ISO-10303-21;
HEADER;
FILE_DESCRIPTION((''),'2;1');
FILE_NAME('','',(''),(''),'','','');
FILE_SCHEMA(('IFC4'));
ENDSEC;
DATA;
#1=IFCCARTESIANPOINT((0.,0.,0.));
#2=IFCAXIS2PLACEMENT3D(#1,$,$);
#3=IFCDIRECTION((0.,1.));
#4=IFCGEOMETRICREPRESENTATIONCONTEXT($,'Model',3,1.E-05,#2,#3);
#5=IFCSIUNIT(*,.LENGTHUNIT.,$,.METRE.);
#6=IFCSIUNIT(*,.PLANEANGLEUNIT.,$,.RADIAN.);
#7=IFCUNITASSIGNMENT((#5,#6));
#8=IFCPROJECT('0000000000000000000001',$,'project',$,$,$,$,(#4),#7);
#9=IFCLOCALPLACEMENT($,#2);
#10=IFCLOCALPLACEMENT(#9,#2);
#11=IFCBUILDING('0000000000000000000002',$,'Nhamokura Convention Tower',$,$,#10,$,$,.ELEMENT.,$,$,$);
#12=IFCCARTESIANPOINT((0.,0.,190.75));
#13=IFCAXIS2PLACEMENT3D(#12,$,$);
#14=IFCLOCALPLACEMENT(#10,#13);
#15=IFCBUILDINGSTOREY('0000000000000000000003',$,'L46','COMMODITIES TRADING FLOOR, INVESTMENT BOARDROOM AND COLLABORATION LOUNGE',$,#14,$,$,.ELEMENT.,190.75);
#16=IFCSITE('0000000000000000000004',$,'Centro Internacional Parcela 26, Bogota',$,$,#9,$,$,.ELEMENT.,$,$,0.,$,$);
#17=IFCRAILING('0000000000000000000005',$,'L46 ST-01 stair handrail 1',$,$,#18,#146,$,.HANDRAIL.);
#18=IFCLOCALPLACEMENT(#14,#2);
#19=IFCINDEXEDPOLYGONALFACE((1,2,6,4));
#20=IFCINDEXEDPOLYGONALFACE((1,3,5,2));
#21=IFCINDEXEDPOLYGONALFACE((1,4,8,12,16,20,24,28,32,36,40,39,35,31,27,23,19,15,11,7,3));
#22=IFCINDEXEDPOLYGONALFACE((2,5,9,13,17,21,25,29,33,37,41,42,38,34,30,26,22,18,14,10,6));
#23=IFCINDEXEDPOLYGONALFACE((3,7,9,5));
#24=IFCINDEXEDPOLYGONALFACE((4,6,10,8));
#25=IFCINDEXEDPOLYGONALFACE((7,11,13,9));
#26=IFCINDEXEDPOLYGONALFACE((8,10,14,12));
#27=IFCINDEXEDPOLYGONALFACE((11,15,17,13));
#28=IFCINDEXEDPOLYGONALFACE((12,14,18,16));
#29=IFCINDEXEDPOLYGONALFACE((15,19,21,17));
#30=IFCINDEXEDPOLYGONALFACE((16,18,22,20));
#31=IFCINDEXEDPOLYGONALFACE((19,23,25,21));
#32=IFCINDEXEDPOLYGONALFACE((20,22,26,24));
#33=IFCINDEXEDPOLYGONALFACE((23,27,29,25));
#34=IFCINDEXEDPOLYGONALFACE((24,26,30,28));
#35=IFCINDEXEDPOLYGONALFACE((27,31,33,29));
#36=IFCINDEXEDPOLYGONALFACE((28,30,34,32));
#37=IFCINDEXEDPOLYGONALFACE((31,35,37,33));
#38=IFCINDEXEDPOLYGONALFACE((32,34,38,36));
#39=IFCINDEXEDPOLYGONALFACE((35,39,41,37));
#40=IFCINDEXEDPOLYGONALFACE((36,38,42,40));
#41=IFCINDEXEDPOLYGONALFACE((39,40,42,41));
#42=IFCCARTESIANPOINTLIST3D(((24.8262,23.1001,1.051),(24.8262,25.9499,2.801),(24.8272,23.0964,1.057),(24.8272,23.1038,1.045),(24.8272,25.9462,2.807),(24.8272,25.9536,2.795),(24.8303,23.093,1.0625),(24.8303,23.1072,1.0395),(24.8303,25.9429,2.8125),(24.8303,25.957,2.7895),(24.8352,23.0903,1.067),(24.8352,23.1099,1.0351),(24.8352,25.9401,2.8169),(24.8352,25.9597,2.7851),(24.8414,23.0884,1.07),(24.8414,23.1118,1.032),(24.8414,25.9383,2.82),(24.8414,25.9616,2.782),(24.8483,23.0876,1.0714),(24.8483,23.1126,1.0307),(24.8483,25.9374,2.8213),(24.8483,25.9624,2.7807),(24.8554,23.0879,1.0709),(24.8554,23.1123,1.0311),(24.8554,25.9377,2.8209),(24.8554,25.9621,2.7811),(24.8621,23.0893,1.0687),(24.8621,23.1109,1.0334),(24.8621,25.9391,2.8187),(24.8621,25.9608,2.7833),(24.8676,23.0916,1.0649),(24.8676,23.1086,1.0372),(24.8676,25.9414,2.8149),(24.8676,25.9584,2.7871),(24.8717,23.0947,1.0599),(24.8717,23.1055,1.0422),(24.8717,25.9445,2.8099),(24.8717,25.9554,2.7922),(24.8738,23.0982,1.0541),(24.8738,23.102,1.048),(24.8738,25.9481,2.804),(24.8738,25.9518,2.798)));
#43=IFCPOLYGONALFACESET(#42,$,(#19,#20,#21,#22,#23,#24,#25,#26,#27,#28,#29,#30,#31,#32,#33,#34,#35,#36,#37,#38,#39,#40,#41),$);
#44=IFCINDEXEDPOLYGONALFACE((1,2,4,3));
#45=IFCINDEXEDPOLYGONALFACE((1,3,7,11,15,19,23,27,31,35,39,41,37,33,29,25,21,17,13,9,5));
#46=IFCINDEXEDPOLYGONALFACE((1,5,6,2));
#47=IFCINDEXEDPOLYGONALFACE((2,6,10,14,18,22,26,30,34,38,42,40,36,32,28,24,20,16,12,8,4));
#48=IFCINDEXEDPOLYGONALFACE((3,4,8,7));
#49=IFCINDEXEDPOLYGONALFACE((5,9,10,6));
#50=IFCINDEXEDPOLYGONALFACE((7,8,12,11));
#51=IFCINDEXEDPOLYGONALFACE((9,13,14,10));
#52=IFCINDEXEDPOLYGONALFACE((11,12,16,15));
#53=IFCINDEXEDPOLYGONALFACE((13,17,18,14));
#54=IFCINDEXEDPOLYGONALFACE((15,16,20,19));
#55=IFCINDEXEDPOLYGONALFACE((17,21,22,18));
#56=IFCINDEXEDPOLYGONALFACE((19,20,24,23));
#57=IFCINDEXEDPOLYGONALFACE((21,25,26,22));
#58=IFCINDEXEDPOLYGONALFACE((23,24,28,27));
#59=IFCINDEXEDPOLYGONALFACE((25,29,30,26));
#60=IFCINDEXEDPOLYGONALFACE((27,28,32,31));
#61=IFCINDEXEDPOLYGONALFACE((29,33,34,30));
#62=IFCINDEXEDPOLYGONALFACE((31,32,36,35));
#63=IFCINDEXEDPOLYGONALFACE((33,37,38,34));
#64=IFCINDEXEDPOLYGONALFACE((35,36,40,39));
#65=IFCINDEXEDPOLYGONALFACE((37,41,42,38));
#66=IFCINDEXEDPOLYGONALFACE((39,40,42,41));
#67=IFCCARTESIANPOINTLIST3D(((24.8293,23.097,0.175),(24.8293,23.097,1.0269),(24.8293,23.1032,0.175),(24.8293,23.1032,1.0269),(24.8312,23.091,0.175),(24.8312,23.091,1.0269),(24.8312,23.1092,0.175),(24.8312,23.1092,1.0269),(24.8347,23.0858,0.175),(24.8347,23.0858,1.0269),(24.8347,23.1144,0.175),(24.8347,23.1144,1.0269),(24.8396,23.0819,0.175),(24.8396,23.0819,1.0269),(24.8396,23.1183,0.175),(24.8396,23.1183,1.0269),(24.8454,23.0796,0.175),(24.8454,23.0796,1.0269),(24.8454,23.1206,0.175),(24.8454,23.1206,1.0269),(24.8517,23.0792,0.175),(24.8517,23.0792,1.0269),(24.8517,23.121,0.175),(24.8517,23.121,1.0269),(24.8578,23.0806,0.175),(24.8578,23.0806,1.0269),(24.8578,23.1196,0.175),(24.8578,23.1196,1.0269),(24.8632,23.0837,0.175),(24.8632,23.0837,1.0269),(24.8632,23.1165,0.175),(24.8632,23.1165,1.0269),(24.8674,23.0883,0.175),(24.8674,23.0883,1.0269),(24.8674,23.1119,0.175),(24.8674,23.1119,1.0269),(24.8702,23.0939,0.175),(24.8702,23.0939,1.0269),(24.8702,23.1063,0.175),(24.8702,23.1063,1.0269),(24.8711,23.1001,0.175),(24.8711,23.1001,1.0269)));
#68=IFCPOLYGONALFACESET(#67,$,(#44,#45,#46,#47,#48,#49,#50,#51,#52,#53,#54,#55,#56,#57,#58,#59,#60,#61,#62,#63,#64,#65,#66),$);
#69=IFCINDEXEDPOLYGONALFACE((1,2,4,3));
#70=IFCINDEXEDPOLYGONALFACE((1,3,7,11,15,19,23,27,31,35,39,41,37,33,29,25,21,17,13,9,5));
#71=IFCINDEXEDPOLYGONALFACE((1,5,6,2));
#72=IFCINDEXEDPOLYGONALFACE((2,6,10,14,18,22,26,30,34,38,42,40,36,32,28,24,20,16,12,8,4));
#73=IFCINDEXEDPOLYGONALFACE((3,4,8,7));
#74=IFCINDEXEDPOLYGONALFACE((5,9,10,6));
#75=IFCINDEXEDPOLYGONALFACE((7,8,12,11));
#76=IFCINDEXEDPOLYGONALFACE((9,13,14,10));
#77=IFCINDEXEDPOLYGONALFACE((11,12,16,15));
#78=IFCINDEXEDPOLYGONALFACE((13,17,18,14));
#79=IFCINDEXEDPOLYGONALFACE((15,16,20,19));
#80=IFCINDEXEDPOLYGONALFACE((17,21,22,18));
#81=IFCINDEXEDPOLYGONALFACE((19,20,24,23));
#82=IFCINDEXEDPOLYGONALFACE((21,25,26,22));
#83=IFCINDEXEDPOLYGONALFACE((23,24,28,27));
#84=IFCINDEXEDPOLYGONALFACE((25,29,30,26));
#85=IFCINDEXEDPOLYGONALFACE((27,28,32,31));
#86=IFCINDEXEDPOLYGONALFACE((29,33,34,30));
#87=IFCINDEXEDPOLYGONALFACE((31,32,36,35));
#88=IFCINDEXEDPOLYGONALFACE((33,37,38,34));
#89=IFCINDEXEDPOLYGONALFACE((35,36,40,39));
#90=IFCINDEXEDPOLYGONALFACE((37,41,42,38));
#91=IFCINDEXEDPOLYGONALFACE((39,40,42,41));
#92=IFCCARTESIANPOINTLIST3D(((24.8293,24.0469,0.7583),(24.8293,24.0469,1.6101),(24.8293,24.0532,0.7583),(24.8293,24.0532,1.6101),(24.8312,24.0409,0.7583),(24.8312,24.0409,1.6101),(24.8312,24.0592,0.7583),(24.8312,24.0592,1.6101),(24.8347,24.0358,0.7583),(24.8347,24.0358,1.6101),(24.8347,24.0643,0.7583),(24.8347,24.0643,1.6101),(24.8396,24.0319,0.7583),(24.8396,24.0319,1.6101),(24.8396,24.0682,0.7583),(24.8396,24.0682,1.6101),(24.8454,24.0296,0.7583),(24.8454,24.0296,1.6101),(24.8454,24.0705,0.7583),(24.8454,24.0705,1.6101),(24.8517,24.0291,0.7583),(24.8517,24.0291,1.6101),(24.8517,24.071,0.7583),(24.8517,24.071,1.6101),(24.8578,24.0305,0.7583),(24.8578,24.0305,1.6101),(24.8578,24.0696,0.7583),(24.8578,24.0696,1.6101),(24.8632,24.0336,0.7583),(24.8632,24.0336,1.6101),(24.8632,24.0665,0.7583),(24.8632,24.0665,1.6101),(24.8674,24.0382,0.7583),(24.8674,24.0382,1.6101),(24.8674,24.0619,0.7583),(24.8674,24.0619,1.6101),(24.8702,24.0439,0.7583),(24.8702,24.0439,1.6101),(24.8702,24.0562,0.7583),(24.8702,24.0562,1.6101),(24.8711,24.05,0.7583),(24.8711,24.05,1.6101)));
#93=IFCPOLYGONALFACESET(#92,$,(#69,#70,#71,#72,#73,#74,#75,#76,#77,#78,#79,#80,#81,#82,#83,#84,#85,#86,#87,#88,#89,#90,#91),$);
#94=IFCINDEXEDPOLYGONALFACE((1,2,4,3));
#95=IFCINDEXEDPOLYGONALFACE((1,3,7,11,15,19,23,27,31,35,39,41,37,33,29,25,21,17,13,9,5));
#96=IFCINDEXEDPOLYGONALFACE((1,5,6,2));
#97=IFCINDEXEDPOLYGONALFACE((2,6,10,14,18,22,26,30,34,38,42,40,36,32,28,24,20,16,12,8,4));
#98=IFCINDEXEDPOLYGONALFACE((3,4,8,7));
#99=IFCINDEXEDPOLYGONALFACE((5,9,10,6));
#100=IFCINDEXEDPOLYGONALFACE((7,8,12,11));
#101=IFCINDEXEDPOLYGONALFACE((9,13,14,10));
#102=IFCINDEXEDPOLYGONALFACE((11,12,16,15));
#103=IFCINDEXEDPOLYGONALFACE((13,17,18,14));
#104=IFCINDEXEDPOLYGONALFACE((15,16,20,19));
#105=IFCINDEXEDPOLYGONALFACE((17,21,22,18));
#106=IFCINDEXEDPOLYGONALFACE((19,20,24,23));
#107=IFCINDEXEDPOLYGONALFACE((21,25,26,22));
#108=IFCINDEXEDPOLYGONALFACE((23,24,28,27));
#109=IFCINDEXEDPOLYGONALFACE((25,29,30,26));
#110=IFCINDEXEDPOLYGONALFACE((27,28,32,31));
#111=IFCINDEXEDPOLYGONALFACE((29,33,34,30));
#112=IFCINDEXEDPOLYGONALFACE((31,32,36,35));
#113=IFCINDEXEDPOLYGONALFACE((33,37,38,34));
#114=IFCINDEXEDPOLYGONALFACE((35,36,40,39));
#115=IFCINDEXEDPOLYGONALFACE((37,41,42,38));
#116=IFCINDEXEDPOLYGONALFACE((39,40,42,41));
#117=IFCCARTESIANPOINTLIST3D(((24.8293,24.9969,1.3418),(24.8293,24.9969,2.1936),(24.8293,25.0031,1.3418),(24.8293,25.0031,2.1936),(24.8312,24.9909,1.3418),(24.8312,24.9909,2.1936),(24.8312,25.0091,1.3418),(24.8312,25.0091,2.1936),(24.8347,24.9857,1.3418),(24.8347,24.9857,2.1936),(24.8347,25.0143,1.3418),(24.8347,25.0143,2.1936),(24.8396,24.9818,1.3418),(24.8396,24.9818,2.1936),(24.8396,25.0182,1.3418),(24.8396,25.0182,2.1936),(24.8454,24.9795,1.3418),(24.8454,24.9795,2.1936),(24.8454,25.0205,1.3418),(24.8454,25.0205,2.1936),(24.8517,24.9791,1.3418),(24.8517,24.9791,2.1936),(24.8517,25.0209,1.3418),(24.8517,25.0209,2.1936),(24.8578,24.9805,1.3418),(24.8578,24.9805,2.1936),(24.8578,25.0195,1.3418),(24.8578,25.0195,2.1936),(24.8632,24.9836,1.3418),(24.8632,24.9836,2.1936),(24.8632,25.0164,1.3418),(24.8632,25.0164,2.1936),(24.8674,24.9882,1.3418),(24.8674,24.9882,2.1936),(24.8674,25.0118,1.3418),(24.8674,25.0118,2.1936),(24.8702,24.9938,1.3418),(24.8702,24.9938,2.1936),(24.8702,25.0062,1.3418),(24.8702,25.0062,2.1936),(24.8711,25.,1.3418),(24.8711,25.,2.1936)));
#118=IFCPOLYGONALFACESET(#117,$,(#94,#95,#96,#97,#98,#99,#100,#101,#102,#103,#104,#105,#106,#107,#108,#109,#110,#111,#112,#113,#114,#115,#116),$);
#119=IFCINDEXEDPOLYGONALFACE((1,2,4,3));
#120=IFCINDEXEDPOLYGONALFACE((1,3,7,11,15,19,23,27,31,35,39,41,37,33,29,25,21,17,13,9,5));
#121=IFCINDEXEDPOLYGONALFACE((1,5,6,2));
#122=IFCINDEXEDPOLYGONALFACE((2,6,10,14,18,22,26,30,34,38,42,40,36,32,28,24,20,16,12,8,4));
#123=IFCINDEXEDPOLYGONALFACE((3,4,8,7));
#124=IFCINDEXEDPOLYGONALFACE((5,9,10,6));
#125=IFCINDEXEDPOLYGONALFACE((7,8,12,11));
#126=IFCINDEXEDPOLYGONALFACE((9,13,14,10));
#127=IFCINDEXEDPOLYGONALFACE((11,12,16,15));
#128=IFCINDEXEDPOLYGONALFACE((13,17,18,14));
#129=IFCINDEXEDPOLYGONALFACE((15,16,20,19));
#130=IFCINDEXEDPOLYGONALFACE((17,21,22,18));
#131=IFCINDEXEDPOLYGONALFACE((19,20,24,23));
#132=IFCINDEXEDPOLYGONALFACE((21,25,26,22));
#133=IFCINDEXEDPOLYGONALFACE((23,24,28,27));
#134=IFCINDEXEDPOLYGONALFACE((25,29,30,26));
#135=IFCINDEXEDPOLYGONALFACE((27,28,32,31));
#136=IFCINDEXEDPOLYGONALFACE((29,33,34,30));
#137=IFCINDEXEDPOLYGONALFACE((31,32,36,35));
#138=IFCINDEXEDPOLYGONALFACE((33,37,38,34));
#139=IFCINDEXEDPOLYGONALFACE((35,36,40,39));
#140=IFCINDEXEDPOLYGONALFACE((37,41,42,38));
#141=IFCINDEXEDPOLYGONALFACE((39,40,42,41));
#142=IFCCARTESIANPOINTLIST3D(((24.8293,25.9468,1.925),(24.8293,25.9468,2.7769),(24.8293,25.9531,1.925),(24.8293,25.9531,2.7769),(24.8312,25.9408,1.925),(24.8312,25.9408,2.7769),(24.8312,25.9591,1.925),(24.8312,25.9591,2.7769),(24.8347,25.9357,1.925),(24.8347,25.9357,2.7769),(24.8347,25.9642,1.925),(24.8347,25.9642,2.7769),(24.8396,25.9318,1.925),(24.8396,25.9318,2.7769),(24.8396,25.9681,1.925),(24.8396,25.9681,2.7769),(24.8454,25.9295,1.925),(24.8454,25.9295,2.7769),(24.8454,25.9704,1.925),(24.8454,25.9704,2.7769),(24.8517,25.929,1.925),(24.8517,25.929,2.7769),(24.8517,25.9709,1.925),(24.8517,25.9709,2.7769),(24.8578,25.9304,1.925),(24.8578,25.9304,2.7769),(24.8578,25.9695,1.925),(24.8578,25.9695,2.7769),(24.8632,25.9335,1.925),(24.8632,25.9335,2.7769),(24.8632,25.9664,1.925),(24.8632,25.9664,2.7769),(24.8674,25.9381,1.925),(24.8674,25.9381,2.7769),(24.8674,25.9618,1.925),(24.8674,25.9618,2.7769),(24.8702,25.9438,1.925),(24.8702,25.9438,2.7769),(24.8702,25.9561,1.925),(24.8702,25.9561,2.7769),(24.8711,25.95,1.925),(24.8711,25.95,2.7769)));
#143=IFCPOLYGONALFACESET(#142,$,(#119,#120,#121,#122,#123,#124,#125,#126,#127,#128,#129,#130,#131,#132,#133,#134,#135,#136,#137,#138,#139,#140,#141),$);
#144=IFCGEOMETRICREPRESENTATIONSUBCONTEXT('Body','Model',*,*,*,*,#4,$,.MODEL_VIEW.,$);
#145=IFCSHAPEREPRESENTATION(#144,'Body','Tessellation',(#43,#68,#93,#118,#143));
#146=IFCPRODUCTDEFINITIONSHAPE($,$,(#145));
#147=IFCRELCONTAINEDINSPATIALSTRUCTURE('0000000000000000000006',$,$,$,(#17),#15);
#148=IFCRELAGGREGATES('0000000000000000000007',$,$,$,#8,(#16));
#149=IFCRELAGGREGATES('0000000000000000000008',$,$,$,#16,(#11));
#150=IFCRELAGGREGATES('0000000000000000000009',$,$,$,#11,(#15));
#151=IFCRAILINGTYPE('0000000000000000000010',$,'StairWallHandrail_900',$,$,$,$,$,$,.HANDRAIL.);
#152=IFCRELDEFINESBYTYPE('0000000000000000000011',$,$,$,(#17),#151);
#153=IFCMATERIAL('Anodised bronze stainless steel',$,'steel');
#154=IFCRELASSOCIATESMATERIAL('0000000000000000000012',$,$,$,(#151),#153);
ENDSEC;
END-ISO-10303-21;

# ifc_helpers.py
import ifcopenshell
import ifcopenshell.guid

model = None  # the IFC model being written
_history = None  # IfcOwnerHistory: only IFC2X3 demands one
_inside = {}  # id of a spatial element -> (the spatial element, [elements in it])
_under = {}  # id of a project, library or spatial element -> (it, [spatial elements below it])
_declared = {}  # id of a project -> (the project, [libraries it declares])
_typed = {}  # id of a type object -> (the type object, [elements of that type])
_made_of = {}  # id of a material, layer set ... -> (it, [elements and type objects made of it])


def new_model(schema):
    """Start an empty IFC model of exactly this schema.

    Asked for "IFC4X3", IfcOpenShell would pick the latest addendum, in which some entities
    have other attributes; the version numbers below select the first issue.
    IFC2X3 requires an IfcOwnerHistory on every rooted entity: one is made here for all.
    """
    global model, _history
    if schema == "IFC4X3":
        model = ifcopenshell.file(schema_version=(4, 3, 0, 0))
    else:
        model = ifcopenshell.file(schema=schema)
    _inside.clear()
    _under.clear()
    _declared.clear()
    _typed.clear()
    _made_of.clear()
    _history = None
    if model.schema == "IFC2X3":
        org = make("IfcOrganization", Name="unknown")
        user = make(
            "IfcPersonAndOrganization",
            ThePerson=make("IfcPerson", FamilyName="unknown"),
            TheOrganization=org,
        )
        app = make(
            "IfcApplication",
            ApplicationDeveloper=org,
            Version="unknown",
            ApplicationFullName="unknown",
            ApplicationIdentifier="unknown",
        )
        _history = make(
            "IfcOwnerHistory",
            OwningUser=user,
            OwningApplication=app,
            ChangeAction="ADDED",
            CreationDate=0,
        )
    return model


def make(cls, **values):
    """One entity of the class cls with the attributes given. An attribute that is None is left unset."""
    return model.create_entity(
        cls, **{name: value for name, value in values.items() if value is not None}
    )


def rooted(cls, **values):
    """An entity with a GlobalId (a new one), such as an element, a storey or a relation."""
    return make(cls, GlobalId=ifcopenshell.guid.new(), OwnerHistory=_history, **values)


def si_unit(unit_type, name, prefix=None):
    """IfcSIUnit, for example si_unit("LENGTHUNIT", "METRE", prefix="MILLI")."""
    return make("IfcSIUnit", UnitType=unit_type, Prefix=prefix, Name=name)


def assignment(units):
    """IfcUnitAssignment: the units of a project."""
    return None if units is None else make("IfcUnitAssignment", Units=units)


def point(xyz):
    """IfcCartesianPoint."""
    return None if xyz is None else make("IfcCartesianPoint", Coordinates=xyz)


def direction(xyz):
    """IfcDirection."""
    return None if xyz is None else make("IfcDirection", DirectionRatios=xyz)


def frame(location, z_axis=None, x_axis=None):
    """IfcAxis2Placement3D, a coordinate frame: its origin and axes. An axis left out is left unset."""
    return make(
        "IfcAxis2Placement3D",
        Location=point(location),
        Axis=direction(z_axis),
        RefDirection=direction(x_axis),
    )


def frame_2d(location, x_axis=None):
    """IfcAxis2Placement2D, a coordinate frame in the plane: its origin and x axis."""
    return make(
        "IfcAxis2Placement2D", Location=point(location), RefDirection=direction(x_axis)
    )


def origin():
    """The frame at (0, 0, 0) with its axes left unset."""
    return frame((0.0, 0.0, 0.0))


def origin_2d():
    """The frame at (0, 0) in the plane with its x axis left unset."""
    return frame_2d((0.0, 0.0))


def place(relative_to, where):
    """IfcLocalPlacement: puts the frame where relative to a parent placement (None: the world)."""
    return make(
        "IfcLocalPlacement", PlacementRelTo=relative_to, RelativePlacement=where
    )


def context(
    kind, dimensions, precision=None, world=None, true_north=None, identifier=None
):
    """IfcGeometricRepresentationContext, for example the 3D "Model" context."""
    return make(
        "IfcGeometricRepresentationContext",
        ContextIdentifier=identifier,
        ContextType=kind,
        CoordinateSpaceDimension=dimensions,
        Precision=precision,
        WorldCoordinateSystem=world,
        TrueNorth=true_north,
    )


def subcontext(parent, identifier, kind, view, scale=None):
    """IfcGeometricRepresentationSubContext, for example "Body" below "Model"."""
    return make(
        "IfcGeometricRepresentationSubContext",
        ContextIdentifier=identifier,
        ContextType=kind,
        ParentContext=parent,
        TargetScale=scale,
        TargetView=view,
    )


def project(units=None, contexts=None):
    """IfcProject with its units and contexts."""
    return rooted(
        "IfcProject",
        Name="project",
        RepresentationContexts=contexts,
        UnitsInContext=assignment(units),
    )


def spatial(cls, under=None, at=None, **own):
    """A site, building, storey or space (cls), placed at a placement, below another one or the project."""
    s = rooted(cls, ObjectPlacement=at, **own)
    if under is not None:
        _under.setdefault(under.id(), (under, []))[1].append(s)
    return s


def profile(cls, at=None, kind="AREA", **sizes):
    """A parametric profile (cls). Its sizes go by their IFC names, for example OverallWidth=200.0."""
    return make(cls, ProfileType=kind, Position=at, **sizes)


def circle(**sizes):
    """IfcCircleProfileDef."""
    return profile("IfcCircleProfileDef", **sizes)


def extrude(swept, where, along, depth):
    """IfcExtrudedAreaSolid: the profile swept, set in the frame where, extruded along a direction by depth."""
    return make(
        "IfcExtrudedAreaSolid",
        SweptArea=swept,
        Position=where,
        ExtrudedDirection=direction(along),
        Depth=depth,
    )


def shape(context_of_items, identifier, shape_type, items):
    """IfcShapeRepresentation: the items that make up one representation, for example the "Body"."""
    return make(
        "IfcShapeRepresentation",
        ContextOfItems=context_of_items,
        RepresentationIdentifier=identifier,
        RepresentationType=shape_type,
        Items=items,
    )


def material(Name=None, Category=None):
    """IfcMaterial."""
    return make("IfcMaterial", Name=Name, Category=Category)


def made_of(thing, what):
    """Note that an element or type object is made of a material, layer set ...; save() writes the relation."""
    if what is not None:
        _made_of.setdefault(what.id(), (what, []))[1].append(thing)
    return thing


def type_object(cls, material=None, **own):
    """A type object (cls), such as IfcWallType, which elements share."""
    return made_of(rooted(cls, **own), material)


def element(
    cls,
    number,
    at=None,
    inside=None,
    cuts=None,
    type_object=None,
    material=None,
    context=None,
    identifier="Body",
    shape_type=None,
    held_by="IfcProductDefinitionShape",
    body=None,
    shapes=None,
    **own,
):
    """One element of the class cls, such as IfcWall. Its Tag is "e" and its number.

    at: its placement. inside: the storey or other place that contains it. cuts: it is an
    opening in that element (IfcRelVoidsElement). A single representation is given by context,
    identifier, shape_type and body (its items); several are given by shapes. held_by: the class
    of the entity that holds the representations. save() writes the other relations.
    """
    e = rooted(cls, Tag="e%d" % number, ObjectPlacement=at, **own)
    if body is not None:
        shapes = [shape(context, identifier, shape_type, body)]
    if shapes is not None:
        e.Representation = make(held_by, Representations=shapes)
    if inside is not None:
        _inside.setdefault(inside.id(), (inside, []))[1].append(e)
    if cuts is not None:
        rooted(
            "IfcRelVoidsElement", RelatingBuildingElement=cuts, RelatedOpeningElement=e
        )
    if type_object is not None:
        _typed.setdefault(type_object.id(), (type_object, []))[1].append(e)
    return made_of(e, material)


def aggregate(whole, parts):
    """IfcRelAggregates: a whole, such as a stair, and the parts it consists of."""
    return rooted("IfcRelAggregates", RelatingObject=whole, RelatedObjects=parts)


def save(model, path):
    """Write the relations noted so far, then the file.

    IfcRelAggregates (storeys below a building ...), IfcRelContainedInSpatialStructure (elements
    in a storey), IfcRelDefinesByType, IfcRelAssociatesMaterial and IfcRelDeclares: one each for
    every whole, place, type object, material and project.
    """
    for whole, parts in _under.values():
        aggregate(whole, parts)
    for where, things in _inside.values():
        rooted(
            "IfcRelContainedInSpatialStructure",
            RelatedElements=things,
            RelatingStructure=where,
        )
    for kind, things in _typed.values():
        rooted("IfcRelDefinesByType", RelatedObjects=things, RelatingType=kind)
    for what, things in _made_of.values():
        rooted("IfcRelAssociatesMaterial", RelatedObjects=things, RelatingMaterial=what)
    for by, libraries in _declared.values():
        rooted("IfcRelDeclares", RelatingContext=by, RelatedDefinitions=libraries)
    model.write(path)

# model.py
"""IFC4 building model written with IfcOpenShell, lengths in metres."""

from ifc_helpers import new_model, si_unit, direction, frame, origin, origin_2d, place, context, subcontext, project, spatial, circle, extrude, material, type_object, element, save


model = new_model("IFC4")

# Units and contexts
model_context = context("Model", 3, precision=1e-05, world=origin(), true_north=direction((0.0, 1.0)))
body_context = subcontext(model_context, "Body", "Model", "MODEL_VIEW")
ifc_project = project(units=[si_unit("LENGTHUNIT", "METRE"), si_unit("PLANEANGLEUNIT", "RADIAN")], contexts=[model_context])

# Site, building, storey
site_placement = place(None, origin())
site = spatial("IfcSite", under=ifc_project, at=site_placement, Name="Centro Internacional Parcela 26, Bogota", CompositionType="ELEMENT", RefElevation=0.0)
building_placement = place(site_placement, origin())
building = spatial("IfcBuilding", under=site, at=building_placement, Name="Nhamokura Convention Tower", CompositionType="ELEMENT")
storey_placement = place(building_placement, frame((0.0, 0.0, 190.75)))
storey = spatial("IfcBuildingStorey", under=building, at=storey_placement, Name="L46", Description="COMMODITIES TRADING FLOOR, INVESTMENT BOARDROOM AND COLLABORATION LOUNGE", CompositionType="ELEMENT", Elevation=190.75)

# Railing
ifc_material_1 = material(Name="Anodised bronze stainless steel", Category="steel")
railing_type_1 = type_object("IfcRailingType", Name="StairWallHandrail_900", PredefinedType="HANDRAIL", material=ifc_material_1)
railing_1_placement = place(storey_placement, frame((24.8501, 23.1001, 0.175)))
element("IfcRailing", 1, at=railing_1_placement, inside=storey, type_object=railing_type_1, Name="L46 ST-01 stair handrail 1", PredefinedType="HANDRAIL", context=body_context, shape_type="SweptSolid", body=[
    extrude(circle(Radius=0.0239, at=origin_2d()), frame((0.0, 0.0, 0.876), z_axis=(0.0, 0.852159, 0.523283), x_axis=(-1.0, 0.0, 0.0)), (0.0, 0.0, 1.0), 3.3442),
    extrude(circle(Radius=0.021, at=origin_2d()), origin(), (0.0, 0.0, 1.0), 0.8518),
    extrude(circle(Radius=0.021, at=origin_2d()), frame((0.0, 0.95, 0.5833)), (0.0, 0.0, 1.0), 0.8518),
    extrude(circle(Radius=0.021, at=origin_2d()), frame((0.0, 1.8999, 1.1667)), (0.0, 0.0, 1.0), 0.8518),
    extrude(circle(Radius=0.021, at=origin_2d()), frame((0.0, 2.8499, 1.75)), (0.0, 0.0, 1.0), 0.8518),
])

save(model, "model.ifc")
